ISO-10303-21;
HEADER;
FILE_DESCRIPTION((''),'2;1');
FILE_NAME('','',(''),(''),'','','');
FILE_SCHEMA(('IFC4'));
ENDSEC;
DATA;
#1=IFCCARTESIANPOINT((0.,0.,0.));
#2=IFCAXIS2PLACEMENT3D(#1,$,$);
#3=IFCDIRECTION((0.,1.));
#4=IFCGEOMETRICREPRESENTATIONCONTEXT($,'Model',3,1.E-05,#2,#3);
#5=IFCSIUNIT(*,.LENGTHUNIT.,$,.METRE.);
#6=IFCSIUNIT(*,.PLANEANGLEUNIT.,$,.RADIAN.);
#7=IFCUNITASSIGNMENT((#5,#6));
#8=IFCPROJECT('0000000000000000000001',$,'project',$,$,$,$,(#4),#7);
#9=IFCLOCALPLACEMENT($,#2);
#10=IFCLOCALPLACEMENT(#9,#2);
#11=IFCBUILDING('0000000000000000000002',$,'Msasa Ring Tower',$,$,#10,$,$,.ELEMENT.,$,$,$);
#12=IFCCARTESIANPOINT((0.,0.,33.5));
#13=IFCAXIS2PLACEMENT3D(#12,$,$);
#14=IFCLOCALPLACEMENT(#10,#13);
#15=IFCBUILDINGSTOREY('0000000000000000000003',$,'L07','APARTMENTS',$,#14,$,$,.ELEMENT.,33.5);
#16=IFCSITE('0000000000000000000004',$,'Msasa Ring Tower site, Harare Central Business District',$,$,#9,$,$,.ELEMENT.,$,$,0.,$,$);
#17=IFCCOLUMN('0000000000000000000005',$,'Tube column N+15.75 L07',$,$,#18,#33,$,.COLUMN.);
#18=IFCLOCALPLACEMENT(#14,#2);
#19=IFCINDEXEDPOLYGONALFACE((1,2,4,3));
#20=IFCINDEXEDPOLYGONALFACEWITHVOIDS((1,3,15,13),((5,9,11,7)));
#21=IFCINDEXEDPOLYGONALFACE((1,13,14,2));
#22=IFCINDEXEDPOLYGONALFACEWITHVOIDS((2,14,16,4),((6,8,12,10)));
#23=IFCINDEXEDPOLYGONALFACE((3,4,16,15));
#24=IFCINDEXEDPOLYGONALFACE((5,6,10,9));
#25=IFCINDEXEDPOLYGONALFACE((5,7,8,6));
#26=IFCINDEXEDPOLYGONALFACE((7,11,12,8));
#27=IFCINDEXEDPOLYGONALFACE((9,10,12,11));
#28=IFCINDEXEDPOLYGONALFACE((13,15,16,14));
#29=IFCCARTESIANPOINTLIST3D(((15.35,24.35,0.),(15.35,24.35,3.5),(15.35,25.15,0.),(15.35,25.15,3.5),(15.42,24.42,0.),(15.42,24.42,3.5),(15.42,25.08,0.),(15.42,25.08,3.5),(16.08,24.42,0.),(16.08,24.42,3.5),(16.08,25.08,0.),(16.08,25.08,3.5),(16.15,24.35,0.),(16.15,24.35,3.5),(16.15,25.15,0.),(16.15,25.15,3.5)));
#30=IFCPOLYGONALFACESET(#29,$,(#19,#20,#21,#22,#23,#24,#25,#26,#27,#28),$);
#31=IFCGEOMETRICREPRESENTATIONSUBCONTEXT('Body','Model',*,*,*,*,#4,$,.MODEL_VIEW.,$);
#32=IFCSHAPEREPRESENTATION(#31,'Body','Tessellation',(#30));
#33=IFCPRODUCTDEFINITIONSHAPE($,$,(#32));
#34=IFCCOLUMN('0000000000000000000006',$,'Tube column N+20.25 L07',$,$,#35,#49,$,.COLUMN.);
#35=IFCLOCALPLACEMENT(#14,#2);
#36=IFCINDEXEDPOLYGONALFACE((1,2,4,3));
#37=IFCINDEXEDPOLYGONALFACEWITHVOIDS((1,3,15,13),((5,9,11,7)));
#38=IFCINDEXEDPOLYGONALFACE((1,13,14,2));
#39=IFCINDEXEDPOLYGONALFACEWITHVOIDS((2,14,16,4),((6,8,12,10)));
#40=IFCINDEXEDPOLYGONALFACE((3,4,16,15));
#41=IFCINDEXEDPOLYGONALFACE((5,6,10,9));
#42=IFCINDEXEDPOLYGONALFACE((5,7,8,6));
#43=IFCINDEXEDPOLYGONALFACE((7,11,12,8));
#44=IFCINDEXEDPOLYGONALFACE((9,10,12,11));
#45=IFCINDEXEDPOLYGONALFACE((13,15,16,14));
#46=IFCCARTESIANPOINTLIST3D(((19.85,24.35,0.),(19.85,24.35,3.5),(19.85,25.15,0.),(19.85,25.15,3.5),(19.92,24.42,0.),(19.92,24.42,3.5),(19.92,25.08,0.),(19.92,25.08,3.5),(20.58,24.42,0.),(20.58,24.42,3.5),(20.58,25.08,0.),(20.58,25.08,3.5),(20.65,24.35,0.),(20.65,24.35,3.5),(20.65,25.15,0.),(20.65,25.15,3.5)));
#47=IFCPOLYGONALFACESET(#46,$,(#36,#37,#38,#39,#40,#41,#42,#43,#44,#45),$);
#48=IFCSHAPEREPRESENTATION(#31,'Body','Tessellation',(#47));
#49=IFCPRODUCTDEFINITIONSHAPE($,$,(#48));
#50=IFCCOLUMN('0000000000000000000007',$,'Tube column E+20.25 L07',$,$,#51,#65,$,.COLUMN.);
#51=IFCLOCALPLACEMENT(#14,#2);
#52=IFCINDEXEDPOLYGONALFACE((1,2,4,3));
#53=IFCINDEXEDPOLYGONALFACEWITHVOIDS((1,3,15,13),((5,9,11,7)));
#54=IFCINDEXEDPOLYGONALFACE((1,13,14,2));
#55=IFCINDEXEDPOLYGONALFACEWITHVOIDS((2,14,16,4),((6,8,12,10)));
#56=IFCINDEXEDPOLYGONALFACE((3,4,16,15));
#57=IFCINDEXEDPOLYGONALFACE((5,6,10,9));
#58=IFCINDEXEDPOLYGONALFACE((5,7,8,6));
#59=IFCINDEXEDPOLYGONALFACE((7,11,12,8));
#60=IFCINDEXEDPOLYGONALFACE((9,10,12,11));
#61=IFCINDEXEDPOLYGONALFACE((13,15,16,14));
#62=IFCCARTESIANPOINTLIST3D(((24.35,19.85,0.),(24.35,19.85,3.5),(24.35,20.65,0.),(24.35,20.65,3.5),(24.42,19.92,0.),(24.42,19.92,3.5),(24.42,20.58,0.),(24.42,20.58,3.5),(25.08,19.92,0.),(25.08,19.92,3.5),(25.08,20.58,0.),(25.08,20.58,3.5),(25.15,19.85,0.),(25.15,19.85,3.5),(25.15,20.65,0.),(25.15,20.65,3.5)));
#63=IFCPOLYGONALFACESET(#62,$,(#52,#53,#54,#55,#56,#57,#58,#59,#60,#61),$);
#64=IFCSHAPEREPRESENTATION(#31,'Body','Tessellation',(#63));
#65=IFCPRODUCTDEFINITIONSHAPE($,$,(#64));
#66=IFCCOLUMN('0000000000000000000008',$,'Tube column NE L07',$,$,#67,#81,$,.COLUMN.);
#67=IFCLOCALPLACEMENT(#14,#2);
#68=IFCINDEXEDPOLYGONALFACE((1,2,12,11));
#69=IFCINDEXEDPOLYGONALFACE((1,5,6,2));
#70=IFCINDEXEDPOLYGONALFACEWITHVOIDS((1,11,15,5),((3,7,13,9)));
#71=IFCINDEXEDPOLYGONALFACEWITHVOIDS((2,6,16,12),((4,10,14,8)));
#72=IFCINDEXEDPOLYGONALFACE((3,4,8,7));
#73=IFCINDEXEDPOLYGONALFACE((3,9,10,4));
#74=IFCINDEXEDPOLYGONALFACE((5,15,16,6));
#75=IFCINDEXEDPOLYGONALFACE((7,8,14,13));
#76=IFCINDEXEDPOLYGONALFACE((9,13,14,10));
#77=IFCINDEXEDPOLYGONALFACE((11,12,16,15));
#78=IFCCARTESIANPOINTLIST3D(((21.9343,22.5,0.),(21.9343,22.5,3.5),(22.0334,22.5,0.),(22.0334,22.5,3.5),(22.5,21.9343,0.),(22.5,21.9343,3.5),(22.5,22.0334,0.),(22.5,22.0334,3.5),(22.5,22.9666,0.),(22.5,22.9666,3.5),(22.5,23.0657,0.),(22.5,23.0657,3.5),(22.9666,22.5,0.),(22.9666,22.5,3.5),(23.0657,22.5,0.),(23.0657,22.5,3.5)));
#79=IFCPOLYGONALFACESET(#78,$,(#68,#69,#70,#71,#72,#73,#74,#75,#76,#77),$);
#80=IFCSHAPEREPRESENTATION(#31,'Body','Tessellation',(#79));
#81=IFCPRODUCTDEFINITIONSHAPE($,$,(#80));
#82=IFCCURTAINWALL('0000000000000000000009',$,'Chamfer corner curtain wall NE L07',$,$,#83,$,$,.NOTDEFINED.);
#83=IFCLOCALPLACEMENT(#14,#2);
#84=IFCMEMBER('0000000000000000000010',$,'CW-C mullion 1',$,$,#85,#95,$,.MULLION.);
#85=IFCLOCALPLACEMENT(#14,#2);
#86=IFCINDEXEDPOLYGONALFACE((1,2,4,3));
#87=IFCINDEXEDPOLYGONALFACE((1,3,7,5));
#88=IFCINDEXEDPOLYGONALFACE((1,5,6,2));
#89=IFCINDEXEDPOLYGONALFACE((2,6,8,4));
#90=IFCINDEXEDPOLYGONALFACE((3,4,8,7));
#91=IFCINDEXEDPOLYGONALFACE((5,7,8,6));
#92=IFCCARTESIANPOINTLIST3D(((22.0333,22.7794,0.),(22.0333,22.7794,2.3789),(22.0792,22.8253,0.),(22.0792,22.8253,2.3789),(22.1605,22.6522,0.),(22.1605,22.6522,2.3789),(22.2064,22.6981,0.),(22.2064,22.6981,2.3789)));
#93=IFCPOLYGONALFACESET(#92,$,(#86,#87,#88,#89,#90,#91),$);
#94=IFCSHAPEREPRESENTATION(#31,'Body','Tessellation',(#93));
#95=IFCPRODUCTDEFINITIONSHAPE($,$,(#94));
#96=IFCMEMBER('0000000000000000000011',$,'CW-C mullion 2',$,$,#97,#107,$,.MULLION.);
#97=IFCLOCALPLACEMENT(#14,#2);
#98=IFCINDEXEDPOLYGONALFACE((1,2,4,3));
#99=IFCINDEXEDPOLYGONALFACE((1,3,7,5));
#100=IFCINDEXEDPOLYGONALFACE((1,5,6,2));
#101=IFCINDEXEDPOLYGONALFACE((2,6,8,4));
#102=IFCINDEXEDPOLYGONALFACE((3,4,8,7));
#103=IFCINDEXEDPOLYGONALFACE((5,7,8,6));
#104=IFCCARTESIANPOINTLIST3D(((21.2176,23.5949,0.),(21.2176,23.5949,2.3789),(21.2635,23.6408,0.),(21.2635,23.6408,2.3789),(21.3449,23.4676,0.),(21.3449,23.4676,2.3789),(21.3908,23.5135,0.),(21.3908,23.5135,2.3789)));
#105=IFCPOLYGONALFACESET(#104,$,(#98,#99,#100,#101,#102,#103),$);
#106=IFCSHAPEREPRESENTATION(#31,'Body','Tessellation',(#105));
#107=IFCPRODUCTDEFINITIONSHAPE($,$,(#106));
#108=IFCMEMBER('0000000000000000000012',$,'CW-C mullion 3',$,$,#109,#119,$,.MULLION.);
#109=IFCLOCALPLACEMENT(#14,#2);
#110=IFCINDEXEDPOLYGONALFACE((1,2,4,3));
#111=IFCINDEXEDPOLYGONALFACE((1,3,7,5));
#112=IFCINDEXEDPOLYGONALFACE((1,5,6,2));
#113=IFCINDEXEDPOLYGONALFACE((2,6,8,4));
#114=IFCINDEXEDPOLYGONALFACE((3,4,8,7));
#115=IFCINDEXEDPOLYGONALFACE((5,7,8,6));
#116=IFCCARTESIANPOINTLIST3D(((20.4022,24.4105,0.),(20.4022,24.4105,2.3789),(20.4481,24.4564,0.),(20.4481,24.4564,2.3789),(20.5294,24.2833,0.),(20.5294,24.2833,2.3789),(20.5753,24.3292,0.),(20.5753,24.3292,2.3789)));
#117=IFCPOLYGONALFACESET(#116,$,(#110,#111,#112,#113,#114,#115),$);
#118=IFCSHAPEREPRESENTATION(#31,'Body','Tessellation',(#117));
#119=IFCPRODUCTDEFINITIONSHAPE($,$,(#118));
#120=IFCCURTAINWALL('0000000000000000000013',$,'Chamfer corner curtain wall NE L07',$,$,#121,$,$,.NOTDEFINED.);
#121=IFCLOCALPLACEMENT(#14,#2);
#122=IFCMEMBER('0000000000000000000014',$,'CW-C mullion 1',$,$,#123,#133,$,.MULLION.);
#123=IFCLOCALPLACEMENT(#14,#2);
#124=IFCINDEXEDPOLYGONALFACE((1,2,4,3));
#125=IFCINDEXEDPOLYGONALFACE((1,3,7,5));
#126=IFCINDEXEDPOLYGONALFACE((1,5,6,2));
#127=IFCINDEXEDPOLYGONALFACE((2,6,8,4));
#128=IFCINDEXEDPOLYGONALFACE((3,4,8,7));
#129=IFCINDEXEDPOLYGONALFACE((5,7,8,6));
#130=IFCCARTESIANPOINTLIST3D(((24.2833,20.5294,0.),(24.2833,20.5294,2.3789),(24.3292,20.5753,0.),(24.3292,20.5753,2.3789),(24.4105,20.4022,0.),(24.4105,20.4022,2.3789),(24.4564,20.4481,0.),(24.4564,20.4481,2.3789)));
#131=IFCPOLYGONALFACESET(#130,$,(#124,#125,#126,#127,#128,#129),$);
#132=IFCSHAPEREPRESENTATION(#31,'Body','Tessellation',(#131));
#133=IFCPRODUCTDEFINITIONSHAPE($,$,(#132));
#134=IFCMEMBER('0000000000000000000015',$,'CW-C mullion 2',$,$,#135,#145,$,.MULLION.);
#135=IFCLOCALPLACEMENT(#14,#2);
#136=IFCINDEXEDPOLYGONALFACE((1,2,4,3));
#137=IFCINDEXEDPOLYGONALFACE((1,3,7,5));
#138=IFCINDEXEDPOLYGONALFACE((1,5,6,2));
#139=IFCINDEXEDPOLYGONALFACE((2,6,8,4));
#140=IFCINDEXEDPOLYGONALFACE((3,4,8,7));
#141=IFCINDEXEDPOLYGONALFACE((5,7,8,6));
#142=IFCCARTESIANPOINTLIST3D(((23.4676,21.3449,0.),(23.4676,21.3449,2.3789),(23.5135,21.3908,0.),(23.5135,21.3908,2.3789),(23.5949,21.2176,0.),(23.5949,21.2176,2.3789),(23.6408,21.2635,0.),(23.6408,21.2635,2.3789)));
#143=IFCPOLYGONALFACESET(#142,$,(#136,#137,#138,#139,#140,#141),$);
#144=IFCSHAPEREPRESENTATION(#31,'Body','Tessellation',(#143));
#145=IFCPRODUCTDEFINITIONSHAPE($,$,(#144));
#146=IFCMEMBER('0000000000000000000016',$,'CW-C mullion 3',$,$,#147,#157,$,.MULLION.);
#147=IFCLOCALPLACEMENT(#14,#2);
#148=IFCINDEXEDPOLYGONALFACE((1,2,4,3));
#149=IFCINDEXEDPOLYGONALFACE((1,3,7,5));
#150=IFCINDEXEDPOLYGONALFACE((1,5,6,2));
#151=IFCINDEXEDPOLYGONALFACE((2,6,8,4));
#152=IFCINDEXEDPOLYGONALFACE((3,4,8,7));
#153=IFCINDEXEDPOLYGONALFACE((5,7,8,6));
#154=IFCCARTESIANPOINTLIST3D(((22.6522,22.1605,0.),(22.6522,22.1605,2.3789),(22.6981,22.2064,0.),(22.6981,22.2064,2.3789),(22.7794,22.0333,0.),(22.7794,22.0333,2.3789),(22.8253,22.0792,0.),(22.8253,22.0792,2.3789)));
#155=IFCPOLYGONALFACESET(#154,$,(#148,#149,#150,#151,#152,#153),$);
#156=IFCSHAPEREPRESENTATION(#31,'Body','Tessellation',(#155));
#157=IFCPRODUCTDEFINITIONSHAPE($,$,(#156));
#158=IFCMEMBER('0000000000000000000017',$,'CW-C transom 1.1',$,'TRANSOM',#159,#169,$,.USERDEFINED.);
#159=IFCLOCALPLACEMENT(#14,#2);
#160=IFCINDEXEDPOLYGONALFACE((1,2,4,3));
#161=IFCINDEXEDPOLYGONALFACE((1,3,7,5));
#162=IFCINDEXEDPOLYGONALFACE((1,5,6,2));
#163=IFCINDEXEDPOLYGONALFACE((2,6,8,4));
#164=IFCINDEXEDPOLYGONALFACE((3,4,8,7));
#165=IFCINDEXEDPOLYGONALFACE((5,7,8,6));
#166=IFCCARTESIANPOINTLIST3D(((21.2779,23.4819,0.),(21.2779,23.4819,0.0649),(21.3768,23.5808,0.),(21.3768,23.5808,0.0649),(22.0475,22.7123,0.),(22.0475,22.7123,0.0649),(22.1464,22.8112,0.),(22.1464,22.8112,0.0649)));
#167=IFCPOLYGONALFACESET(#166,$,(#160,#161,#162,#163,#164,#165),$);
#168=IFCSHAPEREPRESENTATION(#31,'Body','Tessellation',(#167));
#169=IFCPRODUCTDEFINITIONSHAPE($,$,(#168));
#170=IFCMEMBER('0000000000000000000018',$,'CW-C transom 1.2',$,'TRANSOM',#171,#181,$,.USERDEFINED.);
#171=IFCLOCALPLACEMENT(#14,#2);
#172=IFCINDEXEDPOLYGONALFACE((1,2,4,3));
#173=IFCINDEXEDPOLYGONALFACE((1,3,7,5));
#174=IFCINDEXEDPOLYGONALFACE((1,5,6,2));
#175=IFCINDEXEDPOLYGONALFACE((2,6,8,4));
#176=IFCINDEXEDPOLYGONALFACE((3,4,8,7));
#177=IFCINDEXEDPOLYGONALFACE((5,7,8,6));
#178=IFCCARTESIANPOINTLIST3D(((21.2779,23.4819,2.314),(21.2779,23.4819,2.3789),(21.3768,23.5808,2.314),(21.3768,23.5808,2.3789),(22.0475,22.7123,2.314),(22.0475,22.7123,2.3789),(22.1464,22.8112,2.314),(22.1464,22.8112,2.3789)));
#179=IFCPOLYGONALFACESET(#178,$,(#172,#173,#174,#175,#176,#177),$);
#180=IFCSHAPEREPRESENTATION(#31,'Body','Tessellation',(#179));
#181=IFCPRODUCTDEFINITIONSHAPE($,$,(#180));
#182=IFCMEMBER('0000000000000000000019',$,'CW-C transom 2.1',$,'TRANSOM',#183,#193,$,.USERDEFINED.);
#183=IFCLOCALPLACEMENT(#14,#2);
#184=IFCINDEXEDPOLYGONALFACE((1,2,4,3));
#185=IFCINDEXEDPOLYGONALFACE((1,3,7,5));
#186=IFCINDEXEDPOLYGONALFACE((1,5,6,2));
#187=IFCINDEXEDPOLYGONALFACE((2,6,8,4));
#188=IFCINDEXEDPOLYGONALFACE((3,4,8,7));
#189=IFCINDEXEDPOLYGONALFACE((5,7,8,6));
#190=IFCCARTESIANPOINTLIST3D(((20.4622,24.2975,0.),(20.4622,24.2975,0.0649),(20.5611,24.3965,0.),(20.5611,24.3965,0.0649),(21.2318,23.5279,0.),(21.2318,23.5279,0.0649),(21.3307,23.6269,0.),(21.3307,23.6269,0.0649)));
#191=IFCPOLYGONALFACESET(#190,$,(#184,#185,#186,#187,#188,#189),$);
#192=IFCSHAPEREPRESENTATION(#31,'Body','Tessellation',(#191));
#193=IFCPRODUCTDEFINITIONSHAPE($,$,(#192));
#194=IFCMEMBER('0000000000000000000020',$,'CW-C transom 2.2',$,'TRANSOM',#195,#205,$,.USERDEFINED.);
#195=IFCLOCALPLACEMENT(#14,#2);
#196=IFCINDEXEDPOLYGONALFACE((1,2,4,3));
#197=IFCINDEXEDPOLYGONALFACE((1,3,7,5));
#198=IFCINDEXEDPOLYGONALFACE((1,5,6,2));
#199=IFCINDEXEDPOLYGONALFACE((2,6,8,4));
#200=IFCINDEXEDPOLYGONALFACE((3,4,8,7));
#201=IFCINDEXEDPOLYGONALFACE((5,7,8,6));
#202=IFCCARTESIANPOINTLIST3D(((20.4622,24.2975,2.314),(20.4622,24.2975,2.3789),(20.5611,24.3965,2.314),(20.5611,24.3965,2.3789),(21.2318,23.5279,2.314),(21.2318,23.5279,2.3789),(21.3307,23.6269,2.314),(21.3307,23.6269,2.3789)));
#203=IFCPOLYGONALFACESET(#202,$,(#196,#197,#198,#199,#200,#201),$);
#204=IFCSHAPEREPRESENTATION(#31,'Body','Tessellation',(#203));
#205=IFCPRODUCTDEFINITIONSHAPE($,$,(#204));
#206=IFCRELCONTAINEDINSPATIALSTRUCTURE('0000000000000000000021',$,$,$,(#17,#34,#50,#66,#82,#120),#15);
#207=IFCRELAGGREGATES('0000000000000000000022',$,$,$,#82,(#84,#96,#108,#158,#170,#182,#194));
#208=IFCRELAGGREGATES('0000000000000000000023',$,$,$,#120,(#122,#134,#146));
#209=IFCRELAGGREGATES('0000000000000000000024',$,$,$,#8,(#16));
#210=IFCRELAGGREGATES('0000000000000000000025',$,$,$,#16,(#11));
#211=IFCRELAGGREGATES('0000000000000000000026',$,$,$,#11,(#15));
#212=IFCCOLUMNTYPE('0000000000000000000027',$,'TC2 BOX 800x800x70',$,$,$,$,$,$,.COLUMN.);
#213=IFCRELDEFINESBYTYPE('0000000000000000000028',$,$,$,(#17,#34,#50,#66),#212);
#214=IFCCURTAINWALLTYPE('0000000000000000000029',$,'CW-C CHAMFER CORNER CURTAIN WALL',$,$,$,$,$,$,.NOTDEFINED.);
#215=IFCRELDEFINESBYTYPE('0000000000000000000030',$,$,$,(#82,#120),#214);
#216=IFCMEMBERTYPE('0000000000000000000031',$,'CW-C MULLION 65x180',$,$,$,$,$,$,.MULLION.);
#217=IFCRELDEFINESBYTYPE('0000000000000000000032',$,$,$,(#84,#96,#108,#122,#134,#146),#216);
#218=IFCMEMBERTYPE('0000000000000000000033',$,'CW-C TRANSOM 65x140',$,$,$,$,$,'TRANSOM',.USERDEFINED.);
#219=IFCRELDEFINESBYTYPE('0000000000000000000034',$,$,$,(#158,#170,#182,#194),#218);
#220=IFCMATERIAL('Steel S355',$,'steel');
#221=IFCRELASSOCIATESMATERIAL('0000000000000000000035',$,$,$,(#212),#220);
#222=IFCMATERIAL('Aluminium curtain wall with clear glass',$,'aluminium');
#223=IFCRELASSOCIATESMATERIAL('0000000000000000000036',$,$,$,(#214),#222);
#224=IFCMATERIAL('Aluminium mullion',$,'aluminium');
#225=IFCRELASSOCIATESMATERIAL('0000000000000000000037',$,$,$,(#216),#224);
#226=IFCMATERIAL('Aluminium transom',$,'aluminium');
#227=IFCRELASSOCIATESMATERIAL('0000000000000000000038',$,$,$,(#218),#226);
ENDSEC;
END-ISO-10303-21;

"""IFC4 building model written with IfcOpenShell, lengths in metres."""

from ifc_helpers import new_model, si_unit, direction, frame, origin, origin_2d, place, context, subcontext, project, spatial, rectangle, hollow_rectangle, extrude, material, material_profile, profile_set, type_object, element, aggregate, save


model = new_model("IFC4")

# Units and contexts
model_context = context("Model", 3, precision=1e-05, world=origin(), true_north=direction((0.0, 1.0)))
body_context = subcontext(model_context, "Body", "Model", "MODEL_VIEW")
ifc_project = project(units=[si_unit("LENGTHUNIT", "METRE"), si_unit("PLANEANGLEUNIT", "RADIAN")], contexts=[model_context])

# Site, building, storey
site_placement = place(None, origin())
site = spatial("IfcSite", under=ifc_project, at=site_placement, Name="Msasa Ring Tower site, Harare Central Business District", CompositionType="ELEMENT", RefElevation=0.0)
building_placement = place(site_placement, origin())
building = spatial("IfcBuilding", under=site, at=building_placement, Name="Msasa Ring Tower", CompositionType="ELEMENT")
storey_placement = place(building_placement, frame((0.0, 0.0, 33.5)))
storey = spatial("IfcBuildingStorey", under=building, at=storey_placement, Name="L07", Description="APARTMENTS", CompositionType="ELEMENT", Elevation=33.5)

# Columns
ifc_material_1 = material(Name="Steel S355", Category="steel")
ifc_material_profile_1 = material_profile(ifc_material_1, hollow_rectangle(XDim=0.8, YDim=0.8, WallThickness=0.0701, at=origin_2d()), Name="BOX 800x800x70")
ifc_profile_set_1 = profile_set([ifc_material_profile_1], Name="Steel S355")
column_type = type_object("IfcColumnType", Name="TC2 BOX 800x800x70", PredefinedType="COLUMN", material=ifc_profile_set_1)
for number, where, z_axis, x_axis, name in (
    (1, (15.75, 24.75, 0.0), (0.0, 0.0, 1.0), (0.0, 1.0, 0.0), "Tube column N+15.75 L07"),
    (2, (20.25, 24.75, 0.0), (0.0, 0.0, 1.0), (0.0, 1.0, 0.0), "Tube column N+20.25 L07"),
    (3, (24.75, 20.25, 0.0), (0.0, 0.0, 1.0), (1.0, 0.0, 0.0), "Tube column E+20.25 L07"),
    (4, (22.5, 22.5, 0.0), (0.0, 0.0, 1.0), (0.707107, 0.707107, 0.0), "Tube column NE L07"),
):
    element("IfcColumn", number, at=place(storey_placement, frame(where, z_axis=z_axis, x_axis=x_axis)), inside=storey, type_object=column_type, Name=name, PredefinedType="COLUMN", context=body_context, shape_type="SweptSolid", body=[
        extrude(hollow_rectangle(XDim=0.8, YDim=0.8, WallThickness=0.0701, at=origin_2d()), origin(), (0.0, 0.0, 1.0), 3.5),
    ])

# Curtain walls, members
ifc_material_2 = material(Name="Aluminium curtain wall with clear glass", Category="aluminium")
curtain_wall_type = type_object("IfcCurtainWallType", Name="CW-C CHAMFER CORNER CURTAIN WALL", PredefinedType="NOTDEFINED", material=ifc_material_2)
curtain_wall_1_placement = place(storey_placement, origin())
curtain_wall_1 = element("IfcCurtainWall", 5, at=curtain_wall_1_placement, inside=storey, type_object=curtain_wall_type, Name="Chamfer corner curtain wall NE L07", PredefinedType="NOTDEFINED")
ifc_material_3 = material(Name="Aluminium mullion", Category="aluminium")
ifc_material_profile_2 = material_profile(ifc_material_3, rectangle(XDim=0.0649, YDim=0.1799, at=origin_2d()), Name="AL 65x180")
ifc_profile_set_2 = profile_set([ifc_material_profile_2], Name="Aluminium mullion")
member_type_1 = type_object("IfcMemberType", Name="CW-C MULLION 65x180", PredefinedType="MULLION", material=ifc_profile_set_2)
member_1_placement = place(storey_placement, frame((22.1199, 22.7388, 0.0), z_axis=(0.0, 0.0, 1.0), x_axis=(-0.707107, -0.707107, 0.0)))
member_1 = element("IfcMember", 6, at=member_1_placement, type_object=member_type_1, Name="CW-C mullion 1", PredefinedType="MULLION", context=body_context, shape_type="SweptSolid", body=[
    extrude(rectangle(XDim=0.0649, YDim=0.1799, at=origin_2d()), origin(), (0.0, 0.0, 1.0), 2.3789),
])
member_2_placement = place(storey_placement, frame((21.3042, 23.5542, 0.0), z_axis=(0.0, 0.0, 1.0), x_axis=(-0.707107, -0.707107, 0.0)))
member_2 = element("IfcMember", 7, at=member_2_placement, type_object=member_type_1, Name="CW-C mullion 2", PredefinedType="MULLION", context=body_context, shape_type="SweptSolid", body=[
    extrude(rectangle(XDim=0.0649, YDim=0.1799, at=origin_2d()), origin(), (0.0, 0.0, 1.0), 2.3789),
])
member_3_placement = place(storey_placement, frame((20.4888, 24.3699, 0.0), z_axis=(0.0, 0.0, 1.0), x_axis=(-0.707107, -0.707107, 0.0)))
member_3 = element("IfcMember", 8, at=member_3_placement, type_object=member_type_1, Name="CW-C mullion 3", PredefinedType="MULLION", context=body_context, shape_type="SweptSolid", body=[
    extrude(rectangle(XDim=0.0649, YDim=0.1799, at=origin_2d()), origin(), (0.0, 0.0, 1.0), 2.3789),
])
curtain_wall_2_placement = place(storey_placement, origin())
curtain_wall_2 = element("IfcCurtainWall", 9, at=curtain_wall_2_placement, inside=storey, type_object=curtain_wall_type, Name="Chamfer corner curtain wall NE L07", PredefinedType="NOTDEFINED")
member_4_placement = place(storey_placement, frame((24.3699, 20.4888, 0.0), z_axis=(0.0, 0.0, 1.0), x_axis=(-0.707107, -0.707107, 0.0)))
member_4 = element("IfcMember", 10, at=member_4_placement, type_object=member_type_1, Name="CW-C mullion 1", PredefinedType="MULLION", context=body_context, shape_type="SweptSolid", body=[
    extrude(rectangle(XDim=0.0649, YDim=0.1799, at=origin_2d()), origin(), (0.0, 0.0, 1.0), 2.3789),
])
member_5_placement = place(storey_placement, frame((23.5542, 21.3042, 0.0), z_axis=(0.0, 0.0, 1.0), x_axis=(-0.707107, -0.707107, 0.0)))
member_5 = element("IfcMember", 11, at=member_5_placement, type_object=member_type_1, Name="CW-C mullion 2", PredefinedType="MULLION", context=body_context, shape_type="SweptSolid", body=[
    extrude(rectangle(XDim=0.0649, YDim=0.1799, at=origin_2d()), origin(), (0.0, 0.0, 1.0), 2.3789),
])
member_6_placement = place(storey_placement, frame((22.7388, 22.1199, 0.0), z_axis=(0.0, 0.0, 1.0), x_axis=(-0.707107, -0.707107, 0.0)))
member_6 = element("IfcMember", 12, at=member_6_placement, type_object=member_type_1, Name="CW-C mullion 3", PredefinedType="MULLION", context=body_context, shape_type="SweptSolid", body=[
    extrude(rectangle(XDim=0.0649, YDim=0.1799, at=origin_2d()), origin(), (0.0, 0.0, 1.0), 2.3789),
])

# Members
ifc_material_4 = material(Name="Aluminium transom", Category="aluminium")
ifc_material_profile_3 = material_profile(ifc_material_4, rectangle(XDim=0.1399, YDim=0.0649, at=origin_2d()), Name="AL 65x140")
ifc_profile_set_3 = profile_set([ifc_material_profile_3], Name="Aluminium transom")
member_type_2 = type_object("IfcMemberType", Name="CW-C TRANSOM 65x140", ElementType="TRANSOM", PredefinedType="USERDEFINED", material=ifc_profile_set_3)
member_7_placement = place(storey_placement, frame((22.0969, 22.7617, 0.0325), z_axis=(-0.707107, 0.707107, 0.0), x_axis=(-0.707107, -0.707107, 0.0)))
member_7 = element("IfcMember", 13, at=member_7_placement, type_object=member_type_2, Name="CW-C transom 1.1", ObjectType="TRANSOM", PredefinedType="USERDEFINED", context=body_context, shape_type="SweptSolid", body=[
    extrude(rectangle(XDim=0.1399, YDim=0.0649, at=origin_2d()), origin(), (0.0, 0.0, 1.0), 1.0884),
])
member_8_placement = place(storey_placement, frame((22.0969, 22.7617, 2.3464), z_axis=(-0.707107, 0.707107, 0.0), x_axis=(-0.707107, -0.707107, 0.0)))
member_8 = element("IfcMember", 14, at=member_8_placement, type_object=member_type_2, Name="CW-C transom 1.2", ObjectType="TRANSOM", PredefinedType="USERDEFINED", context=body_context, shape_type="SweptSolid", body=[
    extrude(rectangle(XDim=0.1399, YDim=0.0649, at=origin_2d()), origin(), (0.0, 0.0, 1.0), 1.0884),
])
member_9_placement = place(storey_placement, frame((21.2812, 23.5774, 0.0325), z_axis=(-0.707107, 0.707107, 0.0), x_axis=(-0.707107, -0.707107, 0.0)))
member_9 = element("IfcMember", 15, at=member_9_placement, type_object=member_type_2, Name="CW-C transom 2.1", ObjectType="TRANSOM", PredefinedType="USERDEFINED", context=body_context, shape_type="SweptSolid", body=[
    extrude(rectangle(XDim=0.1399, YDim=0.0649, at=origin_2d()), origin(), (0.0, 0.0, 1.0), 1.0884),
])
member_10_placement = place(storey_placement, frame((21.2812, 23.5774, 2.3464), z_axis=(-0.707107, 0.707107, 0.0), x_axis=(-0.707107, -0.707107, 0.0)))
member_10 = element("IfcMember", 16, at=member_10_placement, type_object=member_type_2, Name="CW-C transom 2.2", ObjectType="TRANSOM", PredefinedType="USERDEFINED", context=body_context, shape_type="SweptSolid", body=[
    extrude(rectangle(XDim=0.1399, YDim=0.0649, at=origin_2d()), origin(), (0.0, 0.0, 1.0), 1.0884),
])

aggregate(curtain_wall_1, [member_1, member_2, member_3, member_7, member_8, member_9, member_10])
aggregate(curtain_wall_2, [member_4, member_5, member_6])

save(model, "model.ifc")
